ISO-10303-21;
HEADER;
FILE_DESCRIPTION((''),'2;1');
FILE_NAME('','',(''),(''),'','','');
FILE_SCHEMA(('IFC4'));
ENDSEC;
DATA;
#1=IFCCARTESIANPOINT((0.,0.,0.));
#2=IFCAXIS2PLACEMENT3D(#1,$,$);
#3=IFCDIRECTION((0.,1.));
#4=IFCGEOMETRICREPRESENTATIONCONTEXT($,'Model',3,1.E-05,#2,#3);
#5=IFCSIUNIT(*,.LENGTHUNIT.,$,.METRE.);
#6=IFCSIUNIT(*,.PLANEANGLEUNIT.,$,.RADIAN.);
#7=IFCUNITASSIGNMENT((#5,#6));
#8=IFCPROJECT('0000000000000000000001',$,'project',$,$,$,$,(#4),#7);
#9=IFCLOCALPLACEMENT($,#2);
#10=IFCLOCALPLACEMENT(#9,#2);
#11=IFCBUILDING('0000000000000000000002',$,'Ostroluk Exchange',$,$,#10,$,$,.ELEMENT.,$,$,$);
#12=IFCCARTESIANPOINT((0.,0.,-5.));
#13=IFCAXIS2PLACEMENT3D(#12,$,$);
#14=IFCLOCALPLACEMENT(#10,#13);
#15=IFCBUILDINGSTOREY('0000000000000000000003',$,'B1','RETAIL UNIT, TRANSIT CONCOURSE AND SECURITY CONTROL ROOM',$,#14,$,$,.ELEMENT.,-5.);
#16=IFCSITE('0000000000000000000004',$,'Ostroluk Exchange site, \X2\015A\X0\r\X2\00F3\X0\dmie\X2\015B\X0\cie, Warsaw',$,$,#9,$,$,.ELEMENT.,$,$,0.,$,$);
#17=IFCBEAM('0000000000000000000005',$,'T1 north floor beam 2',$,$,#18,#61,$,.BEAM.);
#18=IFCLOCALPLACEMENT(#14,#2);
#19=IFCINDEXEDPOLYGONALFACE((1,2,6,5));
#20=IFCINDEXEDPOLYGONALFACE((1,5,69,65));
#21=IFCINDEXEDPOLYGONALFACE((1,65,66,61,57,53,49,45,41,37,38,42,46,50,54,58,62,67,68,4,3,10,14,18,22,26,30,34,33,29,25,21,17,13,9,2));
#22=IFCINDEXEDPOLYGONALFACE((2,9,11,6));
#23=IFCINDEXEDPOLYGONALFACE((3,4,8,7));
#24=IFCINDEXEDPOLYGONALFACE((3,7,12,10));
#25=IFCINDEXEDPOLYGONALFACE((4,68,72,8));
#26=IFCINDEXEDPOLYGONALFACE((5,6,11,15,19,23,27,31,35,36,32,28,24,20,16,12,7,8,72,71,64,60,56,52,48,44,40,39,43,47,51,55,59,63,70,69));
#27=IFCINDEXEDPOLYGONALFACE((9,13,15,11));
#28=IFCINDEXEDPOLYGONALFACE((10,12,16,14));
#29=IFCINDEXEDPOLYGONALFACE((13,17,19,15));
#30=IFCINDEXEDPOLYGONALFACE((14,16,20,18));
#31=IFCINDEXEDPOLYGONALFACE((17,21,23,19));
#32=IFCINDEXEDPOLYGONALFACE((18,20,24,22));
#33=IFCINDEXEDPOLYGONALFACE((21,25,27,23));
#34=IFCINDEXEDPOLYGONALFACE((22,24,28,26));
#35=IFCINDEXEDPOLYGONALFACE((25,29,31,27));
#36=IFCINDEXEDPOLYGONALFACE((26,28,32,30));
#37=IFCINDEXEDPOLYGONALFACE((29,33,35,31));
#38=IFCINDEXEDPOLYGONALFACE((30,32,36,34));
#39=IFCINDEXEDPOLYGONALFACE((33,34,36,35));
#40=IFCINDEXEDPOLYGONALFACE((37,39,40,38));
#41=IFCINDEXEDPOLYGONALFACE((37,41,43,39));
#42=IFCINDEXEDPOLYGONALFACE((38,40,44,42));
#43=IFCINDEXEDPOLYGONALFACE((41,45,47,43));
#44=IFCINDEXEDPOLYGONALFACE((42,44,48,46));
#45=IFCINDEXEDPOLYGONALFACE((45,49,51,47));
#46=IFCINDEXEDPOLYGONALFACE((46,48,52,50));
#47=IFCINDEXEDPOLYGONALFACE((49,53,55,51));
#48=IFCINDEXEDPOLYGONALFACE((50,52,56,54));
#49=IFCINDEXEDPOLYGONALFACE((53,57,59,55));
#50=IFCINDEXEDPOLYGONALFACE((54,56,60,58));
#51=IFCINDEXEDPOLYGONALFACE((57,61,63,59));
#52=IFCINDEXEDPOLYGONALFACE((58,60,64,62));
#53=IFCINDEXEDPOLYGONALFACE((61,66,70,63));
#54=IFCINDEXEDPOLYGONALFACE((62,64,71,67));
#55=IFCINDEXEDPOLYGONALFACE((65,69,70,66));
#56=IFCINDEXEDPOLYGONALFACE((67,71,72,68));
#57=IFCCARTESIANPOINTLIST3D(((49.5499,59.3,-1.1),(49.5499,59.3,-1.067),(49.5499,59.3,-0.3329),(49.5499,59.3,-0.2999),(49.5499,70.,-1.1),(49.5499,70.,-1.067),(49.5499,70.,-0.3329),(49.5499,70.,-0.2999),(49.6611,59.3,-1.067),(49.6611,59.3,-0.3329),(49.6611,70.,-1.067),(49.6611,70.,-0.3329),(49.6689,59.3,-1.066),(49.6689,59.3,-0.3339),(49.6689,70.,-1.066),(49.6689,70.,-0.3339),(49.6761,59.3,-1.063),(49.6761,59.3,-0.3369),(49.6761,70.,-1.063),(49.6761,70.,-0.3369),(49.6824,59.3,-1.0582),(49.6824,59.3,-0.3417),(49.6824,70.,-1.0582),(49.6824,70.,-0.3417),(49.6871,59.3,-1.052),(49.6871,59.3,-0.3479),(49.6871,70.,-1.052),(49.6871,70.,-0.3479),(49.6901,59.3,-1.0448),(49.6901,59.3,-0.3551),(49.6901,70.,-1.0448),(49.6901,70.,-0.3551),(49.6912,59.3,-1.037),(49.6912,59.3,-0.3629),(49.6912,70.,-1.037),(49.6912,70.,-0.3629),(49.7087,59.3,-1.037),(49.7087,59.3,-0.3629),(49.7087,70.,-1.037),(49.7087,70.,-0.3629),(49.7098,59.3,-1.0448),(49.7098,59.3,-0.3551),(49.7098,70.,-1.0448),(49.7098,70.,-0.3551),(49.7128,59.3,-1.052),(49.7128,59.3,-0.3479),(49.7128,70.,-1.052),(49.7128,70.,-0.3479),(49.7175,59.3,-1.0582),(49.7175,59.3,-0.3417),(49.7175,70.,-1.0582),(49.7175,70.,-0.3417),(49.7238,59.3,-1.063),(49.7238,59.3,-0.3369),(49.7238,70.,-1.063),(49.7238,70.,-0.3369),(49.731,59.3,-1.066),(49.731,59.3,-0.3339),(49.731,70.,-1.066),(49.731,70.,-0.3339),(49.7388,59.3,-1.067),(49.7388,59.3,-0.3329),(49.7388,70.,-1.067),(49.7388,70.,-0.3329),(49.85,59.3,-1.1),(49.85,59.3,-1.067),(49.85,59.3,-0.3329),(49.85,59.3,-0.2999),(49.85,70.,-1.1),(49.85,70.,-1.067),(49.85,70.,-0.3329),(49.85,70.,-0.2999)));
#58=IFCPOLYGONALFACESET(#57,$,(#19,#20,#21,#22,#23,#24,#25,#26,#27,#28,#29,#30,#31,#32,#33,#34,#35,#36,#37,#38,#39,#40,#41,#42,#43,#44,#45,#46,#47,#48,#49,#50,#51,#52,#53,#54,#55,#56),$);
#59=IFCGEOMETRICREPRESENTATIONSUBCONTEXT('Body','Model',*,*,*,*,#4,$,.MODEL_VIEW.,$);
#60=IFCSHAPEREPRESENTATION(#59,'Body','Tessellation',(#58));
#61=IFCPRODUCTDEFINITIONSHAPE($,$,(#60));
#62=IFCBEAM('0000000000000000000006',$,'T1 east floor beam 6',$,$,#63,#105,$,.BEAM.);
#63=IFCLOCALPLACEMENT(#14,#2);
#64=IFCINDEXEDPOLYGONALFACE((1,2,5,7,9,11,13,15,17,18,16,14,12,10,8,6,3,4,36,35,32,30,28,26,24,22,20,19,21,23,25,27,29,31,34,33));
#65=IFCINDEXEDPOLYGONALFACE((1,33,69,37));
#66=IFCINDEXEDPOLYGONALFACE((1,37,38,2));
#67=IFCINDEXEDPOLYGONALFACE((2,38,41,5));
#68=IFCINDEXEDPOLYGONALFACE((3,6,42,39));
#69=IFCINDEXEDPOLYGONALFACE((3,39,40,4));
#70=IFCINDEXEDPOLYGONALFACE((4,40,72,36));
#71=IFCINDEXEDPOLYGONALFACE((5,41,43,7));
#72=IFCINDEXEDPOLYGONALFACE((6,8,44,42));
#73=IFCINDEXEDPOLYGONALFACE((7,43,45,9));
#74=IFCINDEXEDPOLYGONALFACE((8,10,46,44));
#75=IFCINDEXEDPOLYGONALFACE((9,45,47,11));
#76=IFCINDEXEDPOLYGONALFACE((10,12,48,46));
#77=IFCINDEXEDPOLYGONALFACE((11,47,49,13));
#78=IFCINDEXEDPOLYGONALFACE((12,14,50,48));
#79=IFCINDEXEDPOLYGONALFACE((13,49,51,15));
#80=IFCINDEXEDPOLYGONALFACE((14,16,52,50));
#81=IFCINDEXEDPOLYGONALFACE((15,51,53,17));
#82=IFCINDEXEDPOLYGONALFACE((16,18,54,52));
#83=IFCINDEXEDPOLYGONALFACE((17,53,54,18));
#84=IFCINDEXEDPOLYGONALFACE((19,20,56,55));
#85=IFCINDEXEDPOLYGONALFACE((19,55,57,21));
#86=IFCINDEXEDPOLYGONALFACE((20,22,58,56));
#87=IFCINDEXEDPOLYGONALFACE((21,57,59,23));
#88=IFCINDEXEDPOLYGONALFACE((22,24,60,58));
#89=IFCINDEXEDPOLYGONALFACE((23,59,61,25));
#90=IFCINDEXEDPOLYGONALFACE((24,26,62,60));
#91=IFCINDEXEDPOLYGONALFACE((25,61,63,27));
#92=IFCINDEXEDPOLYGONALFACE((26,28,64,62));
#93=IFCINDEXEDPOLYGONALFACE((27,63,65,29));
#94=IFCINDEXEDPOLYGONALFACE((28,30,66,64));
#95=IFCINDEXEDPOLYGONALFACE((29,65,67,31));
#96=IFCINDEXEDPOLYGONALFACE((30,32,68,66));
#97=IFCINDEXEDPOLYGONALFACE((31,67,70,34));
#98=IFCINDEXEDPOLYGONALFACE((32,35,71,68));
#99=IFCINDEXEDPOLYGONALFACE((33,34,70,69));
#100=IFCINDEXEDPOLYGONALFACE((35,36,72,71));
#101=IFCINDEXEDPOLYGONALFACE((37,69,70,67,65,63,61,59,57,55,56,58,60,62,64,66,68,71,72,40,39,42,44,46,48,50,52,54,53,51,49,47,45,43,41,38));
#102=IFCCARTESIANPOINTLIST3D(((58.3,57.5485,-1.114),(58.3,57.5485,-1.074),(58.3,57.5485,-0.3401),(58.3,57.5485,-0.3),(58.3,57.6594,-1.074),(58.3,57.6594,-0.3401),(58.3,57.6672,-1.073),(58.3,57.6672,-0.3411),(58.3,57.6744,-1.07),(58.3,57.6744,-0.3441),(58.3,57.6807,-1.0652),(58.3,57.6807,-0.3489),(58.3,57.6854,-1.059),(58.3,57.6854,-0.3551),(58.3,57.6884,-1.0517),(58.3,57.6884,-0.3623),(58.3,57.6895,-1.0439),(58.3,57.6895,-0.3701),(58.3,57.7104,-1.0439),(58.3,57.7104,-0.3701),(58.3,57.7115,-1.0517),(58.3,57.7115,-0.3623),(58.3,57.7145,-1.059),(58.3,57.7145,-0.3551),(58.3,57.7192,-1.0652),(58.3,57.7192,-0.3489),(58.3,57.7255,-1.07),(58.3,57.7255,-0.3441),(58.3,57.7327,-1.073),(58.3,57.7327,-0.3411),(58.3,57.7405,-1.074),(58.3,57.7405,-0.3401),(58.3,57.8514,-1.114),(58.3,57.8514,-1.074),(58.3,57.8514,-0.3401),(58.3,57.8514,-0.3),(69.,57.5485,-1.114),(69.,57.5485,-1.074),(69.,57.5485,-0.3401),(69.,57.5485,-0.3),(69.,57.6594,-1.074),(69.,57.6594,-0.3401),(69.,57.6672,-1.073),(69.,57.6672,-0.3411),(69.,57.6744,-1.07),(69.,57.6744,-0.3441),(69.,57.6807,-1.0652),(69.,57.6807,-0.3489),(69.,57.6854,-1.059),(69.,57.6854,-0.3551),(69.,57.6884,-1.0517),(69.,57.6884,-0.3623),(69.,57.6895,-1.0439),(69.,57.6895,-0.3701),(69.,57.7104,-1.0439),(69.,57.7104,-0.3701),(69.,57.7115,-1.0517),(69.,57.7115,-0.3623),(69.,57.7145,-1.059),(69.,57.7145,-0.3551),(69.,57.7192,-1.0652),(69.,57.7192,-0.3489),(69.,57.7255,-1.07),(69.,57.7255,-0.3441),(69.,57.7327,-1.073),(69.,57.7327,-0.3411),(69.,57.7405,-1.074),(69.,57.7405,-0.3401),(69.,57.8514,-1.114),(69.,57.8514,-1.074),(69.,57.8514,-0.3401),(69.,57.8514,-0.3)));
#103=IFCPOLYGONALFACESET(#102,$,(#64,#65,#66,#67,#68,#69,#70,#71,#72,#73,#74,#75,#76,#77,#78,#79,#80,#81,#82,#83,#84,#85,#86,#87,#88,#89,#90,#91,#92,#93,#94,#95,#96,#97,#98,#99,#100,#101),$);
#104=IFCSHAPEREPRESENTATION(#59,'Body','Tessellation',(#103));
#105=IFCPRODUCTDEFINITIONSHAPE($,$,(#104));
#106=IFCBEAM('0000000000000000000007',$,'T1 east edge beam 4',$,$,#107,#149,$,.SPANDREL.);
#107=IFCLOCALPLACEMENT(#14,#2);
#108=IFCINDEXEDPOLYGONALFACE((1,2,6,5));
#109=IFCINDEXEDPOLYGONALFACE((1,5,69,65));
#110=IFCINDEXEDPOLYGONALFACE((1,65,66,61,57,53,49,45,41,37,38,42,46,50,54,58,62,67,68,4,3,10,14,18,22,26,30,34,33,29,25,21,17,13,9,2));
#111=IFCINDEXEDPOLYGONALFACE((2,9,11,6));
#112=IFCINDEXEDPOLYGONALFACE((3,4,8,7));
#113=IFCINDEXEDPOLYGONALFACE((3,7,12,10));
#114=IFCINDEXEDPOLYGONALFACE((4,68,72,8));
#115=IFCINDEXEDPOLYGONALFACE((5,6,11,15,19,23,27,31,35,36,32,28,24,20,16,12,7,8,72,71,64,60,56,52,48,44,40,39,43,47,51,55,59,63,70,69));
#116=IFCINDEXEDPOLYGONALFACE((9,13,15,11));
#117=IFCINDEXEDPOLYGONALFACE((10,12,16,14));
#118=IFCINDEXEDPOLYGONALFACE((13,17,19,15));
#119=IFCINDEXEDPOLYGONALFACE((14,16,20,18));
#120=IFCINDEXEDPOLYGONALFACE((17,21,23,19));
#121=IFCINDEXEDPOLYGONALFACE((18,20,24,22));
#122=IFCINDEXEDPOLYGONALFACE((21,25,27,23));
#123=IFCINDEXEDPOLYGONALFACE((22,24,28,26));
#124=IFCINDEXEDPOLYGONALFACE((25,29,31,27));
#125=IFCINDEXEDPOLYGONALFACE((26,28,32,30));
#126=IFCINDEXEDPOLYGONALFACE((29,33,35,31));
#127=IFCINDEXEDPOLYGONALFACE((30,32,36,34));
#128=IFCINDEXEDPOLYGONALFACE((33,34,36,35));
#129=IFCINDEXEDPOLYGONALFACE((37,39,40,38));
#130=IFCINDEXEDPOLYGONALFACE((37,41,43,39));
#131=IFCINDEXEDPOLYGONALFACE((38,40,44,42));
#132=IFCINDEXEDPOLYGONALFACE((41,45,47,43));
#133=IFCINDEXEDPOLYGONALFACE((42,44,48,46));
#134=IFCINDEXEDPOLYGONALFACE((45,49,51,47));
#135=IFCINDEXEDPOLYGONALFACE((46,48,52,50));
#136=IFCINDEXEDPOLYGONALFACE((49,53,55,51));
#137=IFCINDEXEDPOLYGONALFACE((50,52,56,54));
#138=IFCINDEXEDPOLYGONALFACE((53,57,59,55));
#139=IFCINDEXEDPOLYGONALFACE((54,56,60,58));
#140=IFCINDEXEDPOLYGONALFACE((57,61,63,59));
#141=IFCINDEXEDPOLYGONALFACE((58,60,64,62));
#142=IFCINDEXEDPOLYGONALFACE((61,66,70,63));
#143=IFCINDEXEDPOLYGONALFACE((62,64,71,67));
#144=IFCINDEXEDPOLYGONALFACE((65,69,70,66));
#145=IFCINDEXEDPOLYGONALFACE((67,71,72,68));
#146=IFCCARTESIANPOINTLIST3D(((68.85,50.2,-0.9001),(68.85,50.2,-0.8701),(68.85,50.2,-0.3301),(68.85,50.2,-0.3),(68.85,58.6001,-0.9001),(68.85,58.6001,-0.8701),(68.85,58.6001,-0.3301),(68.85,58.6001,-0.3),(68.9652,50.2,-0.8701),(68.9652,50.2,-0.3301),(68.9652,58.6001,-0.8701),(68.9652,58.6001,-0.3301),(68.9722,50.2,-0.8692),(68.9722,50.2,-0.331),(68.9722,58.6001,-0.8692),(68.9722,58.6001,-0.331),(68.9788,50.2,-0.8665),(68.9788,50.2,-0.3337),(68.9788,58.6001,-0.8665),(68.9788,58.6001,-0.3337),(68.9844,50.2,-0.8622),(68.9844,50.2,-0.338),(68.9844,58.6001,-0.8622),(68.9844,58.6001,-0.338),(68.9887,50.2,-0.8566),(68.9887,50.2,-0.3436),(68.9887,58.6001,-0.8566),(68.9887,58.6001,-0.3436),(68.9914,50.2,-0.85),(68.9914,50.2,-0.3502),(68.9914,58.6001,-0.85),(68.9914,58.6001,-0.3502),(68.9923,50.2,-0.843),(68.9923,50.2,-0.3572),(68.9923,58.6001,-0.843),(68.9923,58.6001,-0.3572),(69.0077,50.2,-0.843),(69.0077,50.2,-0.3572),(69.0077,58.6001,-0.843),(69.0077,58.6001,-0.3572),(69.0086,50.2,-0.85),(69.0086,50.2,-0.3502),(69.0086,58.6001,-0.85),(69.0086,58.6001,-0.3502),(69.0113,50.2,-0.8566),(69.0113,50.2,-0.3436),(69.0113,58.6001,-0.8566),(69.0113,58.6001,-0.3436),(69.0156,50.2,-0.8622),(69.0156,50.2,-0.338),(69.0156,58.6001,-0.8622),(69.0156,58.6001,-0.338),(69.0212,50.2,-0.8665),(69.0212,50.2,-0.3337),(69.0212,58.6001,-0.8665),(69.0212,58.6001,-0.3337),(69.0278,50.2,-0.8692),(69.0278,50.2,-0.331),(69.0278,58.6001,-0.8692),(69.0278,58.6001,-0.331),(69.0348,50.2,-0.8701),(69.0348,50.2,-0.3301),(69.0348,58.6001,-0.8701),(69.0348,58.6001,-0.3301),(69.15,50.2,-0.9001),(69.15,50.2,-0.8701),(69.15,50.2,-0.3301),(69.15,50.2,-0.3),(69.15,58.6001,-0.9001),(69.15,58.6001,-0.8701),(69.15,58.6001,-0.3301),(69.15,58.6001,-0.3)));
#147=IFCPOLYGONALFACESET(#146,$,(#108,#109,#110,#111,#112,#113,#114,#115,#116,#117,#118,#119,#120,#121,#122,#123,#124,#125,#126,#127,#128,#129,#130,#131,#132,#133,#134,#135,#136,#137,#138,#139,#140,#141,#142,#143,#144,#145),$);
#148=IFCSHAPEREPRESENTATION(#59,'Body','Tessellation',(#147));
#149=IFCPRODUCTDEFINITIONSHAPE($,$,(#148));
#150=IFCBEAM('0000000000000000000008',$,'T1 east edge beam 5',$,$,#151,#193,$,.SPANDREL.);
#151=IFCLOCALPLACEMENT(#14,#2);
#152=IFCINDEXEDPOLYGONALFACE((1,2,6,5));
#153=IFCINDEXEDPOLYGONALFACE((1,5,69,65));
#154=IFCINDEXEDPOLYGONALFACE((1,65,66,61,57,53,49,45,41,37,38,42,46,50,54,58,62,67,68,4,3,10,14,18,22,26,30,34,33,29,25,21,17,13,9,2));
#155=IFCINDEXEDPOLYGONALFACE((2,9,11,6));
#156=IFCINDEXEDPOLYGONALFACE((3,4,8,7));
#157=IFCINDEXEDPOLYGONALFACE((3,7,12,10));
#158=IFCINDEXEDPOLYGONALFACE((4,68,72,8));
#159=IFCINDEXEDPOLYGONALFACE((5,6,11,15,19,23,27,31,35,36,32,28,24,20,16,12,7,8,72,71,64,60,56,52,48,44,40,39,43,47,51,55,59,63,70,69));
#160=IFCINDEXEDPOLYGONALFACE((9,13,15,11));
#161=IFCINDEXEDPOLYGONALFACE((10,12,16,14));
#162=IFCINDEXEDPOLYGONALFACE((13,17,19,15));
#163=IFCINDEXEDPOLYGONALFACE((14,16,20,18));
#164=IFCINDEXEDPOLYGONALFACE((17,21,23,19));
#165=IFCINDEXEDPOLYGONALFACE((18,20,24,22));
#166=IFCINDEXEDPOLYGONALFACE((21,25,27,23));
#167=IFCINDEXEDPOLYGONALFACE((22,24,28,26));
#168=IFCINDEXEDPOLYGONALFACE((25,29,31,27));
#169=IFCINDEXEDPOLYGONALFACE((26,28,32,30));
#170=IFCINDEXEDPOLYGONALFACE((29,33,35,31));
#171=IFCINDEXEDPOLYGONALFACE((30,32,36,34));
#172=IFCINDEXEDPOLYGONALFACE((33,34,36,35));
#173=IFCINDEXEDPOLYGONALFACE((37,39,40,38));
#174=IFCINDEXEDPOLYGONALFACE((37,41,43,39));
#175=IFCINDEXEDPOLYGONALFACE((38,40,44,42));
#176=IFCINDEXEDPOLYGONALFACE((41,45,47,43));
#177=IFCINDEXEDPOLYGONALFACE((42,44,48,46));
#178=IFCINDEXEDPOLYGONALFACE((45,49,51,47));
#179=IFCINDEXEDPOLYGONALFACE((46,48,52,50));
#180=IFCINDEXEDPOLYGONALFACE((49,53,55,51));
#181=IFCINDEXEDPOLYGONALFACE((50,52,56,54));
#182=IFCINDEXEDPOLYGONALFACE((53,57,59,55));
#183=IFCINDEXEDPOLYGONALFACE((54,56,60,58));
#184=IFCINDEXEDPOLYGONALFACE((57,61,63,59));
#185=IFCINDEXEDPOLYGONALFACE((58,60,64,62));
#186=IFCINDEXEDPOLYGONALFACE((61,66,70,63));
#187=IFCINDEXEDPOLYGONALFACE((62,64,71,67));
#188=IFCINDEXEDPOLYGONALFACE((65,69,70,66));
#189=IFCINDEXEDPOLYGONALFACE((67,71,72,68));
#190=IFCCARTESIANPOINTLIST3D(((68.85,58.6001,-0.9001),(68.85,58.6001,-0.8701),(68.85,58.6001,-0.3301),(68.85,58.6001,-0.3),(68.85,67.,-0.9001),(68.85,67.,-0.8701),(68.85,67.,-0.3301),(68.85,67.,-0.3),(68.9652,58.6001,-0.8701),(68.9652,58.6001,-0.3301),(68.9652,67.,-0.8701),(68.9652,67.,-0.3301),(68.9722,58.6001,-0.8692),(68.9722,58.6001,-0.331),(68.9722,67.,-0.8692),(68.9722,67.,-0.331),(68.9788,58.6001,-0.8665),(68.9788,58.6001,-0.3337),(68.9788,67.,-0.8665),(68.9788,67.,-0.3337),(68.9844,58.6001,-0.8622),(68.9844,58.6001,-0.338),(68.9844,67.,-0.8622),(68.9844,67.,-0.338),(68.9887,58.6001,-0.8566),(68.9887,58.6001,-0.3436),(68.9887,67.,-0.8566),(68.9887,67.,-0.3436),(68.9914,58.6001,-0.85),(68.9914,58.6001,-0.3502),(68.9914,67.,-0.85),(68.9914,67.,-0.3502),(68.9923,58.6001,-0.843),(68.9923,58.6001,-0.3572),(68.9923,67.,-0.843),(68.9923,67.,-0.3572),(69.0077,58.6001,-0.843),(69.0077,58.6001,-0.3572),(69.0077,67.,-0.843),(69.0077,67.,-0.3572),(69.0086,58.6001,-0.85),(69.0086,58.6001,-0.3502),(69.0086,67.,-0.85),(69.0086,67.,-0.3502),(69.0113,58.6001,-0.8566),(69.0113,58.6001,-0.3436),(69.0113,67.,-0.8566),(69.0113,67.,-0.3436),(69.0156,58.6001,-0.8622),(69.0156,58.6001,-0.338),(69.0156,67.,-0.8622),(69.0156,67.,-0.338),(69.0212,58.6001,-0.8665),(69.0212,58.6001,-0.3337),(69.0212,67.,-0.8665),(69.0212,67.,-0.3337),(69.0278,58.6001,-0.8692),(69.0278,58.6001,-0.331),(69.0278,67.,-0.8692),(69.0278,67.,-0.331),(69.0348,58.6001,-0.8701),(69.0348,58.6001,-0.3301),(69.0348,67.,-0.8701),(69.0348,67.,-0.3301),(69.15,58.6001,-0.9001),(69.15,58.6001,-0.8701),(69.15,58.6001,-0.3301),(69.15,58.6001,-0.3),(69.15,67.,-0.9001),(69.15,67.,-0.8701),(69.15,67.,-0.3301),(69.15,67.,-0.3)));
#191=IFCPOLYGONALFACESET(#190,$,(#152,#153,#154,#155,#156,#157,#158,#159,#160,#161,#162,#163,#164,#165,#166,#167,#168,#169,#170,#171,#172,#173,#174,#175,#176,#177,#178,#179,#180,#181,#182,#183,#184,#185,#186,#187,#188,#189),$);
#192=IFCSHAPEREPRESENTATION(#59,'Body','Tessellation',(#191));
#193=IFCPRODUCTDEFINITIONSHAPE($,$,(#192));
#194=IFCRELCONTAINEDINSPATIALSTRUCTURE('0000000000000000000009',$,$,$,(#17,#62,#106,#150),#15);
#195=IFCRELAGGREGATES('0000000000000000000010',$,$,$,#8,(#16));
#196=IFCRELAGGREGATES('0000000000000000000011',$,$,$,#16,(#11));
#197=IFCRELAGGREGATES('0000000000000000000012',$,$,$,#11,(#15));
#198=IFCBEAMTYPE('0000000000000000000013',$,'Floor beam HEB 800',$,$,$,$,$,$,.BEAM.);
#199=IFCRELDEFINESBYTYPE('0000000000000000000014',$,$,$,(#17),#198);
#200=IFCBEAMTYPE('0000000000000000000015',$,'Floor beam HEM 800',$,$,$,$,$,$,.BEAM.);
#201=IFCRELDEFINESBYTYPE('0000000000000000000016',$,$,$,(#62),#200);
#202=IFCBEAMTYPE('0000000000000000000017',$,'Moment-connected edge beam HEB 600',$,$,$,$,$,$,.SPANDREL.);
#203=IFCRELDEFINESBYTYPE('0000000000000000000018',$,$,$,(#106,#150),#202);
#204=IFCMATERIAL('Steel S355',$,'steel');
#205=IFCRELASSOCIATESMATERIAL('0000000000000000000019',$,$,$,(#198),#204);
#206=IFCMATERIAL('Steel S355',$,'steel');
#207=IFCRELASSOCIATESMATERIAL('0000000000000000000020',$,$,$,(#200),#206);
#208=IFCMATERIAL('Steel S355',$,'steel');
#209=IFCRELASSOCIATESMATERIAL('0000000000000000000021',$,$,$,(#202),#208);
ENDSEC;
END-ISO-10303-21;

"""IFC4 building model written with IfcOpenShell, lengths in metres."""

from ifc_helpers import new_model, si_unit, direction, frame, origin, origin_2d, place, context, subcontext, project, spatial, i_section, extrude, material, material_profile, profile_set, type_object, element, save


model = new_model("IFC4")

# Units and contexts
model_context = context("Model", 3, precision=1e-05, world=origin(), true_north=direction((0.0, 1.0)))
body_context = subcontext(model_context, "Body", "Model", "MODEL_VIEW")
ifc_project = project(units=[si_unit("LENGTHUNIT", "METRE"), si_unit("PLANEANGLEUNIT", "RADIAN")], contexts=[model_context])

# Site, building, storey
site_placement = place(None, origin())
site = spatial("IfcSite", under=ifc_project, at=site_placement, Name="Ostroluk Exchange site, Śródmieście, Warsaw", CompositionType="ELEMENT", RefElevation=0.0)
building_placement = place(site_placement, origin())
building = spatial("IfcBuilding", under=site, at=building_placement, Name="Ostroluk Exchange", CompositionType="ELEMENT")
storey_placement = place(building_placement, frame((0.0, 0.0, -5.0)))
storey = spatial("IfcBuildingStorey", under=building, at=storey_placement, Name="B1", Description="RETAIL UNIT, TRANSIT CONCOURSE AND SECURITY CONTROL ROOM", CompositionType="ELEMENT", Elevation=-5.0)

# Beams
ifc_material_1 = material(Name="Steel S355", Category="steel")
ifc_material_profile_1 = material_profile(ifc_material_1, i_section(OverallWidth=0.3, OverallDepth=0.8, WebThickness=0.0176, FlangeThickness=0.033, FilletRadius=0.03, at=origin_2d()), Name="HEB 800")
ifc_profile_set_1 = profile_set([ifc_material_profile_1], Name="Steel S355")
beam_type_1 = type_object("IfcBeamType", Name="Floor beam HEB 800", PredefinedType="BEAM", material=ifc_profile_set_1)
for number, where, z_axis, x_axis, name in (
    (1, (49.7, 59.3, -0.7), (0.0, 1.0, 0.0), (-1.0, 0.0, 0.0), "T1 north floor beam 2"),
):
    element("IfcBeam", number, at=place(storey_placement, frame(where, z_axis=z_axis, x_axis=x_axis)), inside=storey, type_object=beam_type_1, Name=name, PredefinedType="BEAM", context=body_context, shape_type="SweptSolid", body=[
        extrude(i_section(OverallWidth=0.3, OverallDepth=0.8, WebThickness=0.0176, FlangeThickness=0.033, FilletRadius=0.03, at=origin_2d()), origin(), (0.0, 0.0, 1.0), 10.7),
    ])
ifc_material_2 = material(Name="Steel S355", Category="steel")
ifc_material_profile_2 = material_profile(ifc_material_2, i_section(OverallWidth=0.303, OverallDepth=0.814, WebThickness=0.021, FlangeThickness=0.04, FilletRadius=0.03, at=origin_2d()), Name="HEM 800")
ifc_profile_set_2 = profile_set([ifc_material_profile_2], Name="Steel S355")
beam_type_2 = type_object("IfcBeamType", Name="Floor beam HEM 800", PredefinedType="BEAM", material=ifc_profile_set_2)
beam_1_placement = place(storey_placement, frame((58.3, 57.7, -0.707), z_axis=(1.0, 0.0, 0.0), x_axis=(0.0, 1.0, 0.0)))
element("IfcBeam", 2, at=beam_1_placement, inside=storey, type_object=beam_type_2, Name="T1 east floor beam 6", PredefinedType="BEAM", context=body_context, shape_type="SweptSolid", body=[
    extrude(i_section(OverallWidth=0.303, OverallDepth=0.814, WebThickness=0.021, FlangeThickness=0.04, FilletRadius=0.03, at=origin_2d()), origin(), (0.0, 0.0, 1.0), 10.7),
])
ifc_material_3 = material(Name="Steel S355", Category="steel")
ifc_material_profile_3 = material_profile(ifc_material_3, i_section(OverallWidth=0.3, OverallDepth=0.6001, WebThickness=0.0154, FlangeThickness=0.03, FilletRadius=0.0271, at=origin_2d()), Name="HEB 600")
ifc_profile_set_3 = profile_set([ifc_material_profile_3], Name="Steel S355")
beam_type_3 = type_object("IfcBeamType", Name="Moment-connected edge beam HEB 600", PredefinedType="SPANDREL", material=ifc_profile_set_3)
beam_2_placement = place(storey_placement, frame((69.0, 50.2, -0.6001), z_axis=(0.0, 1.0, 0.0), x_axis=(-1.0, 0.0, 0.0)))
element("IfcBeam", 3, at=beam_2_placement, inside=storey, type_object=beam_type_3, Name="T1 east edge beam 4", PredefinedType="SPANDREL", context=body_context, shape_type="SweptSolid", body=[
    extrude(i_section(OverallWidth=0.3, OverallDepth=0.6001, WebThickness=0.0154, FlangeThickness=0.03, FilletRadius=0.0271, at=origin_2d()), origin(), (0.0, 0.0, 1.0), 8.4001),
])
beam_3_placement = place(storey_placement, frame((69.0, 58.6001, -0.6001), z_axis=(0.0, 1.0, 0.0), x_axis=(-1.0, 0.0, 0.0)))
element("IfcBeam", 4, at=beam_3_placement, inside=storey, type_object=beam_type_3, Name="T1 east edge beam 5", PredefinedType="SPANDREL", context=body_context, shape_type="SweptSolid", body=[
    extrude(i_section(OverallWidth=0.3, OverallDepth=0.6001, WebThickness=0.0154, FlangeThickness=0.03, FilletRadius=0.0271, at=origin_2d()), origin(), (0.0, 0.0, 1.0), 8.3999),
])

save(model, "model.ifc")
